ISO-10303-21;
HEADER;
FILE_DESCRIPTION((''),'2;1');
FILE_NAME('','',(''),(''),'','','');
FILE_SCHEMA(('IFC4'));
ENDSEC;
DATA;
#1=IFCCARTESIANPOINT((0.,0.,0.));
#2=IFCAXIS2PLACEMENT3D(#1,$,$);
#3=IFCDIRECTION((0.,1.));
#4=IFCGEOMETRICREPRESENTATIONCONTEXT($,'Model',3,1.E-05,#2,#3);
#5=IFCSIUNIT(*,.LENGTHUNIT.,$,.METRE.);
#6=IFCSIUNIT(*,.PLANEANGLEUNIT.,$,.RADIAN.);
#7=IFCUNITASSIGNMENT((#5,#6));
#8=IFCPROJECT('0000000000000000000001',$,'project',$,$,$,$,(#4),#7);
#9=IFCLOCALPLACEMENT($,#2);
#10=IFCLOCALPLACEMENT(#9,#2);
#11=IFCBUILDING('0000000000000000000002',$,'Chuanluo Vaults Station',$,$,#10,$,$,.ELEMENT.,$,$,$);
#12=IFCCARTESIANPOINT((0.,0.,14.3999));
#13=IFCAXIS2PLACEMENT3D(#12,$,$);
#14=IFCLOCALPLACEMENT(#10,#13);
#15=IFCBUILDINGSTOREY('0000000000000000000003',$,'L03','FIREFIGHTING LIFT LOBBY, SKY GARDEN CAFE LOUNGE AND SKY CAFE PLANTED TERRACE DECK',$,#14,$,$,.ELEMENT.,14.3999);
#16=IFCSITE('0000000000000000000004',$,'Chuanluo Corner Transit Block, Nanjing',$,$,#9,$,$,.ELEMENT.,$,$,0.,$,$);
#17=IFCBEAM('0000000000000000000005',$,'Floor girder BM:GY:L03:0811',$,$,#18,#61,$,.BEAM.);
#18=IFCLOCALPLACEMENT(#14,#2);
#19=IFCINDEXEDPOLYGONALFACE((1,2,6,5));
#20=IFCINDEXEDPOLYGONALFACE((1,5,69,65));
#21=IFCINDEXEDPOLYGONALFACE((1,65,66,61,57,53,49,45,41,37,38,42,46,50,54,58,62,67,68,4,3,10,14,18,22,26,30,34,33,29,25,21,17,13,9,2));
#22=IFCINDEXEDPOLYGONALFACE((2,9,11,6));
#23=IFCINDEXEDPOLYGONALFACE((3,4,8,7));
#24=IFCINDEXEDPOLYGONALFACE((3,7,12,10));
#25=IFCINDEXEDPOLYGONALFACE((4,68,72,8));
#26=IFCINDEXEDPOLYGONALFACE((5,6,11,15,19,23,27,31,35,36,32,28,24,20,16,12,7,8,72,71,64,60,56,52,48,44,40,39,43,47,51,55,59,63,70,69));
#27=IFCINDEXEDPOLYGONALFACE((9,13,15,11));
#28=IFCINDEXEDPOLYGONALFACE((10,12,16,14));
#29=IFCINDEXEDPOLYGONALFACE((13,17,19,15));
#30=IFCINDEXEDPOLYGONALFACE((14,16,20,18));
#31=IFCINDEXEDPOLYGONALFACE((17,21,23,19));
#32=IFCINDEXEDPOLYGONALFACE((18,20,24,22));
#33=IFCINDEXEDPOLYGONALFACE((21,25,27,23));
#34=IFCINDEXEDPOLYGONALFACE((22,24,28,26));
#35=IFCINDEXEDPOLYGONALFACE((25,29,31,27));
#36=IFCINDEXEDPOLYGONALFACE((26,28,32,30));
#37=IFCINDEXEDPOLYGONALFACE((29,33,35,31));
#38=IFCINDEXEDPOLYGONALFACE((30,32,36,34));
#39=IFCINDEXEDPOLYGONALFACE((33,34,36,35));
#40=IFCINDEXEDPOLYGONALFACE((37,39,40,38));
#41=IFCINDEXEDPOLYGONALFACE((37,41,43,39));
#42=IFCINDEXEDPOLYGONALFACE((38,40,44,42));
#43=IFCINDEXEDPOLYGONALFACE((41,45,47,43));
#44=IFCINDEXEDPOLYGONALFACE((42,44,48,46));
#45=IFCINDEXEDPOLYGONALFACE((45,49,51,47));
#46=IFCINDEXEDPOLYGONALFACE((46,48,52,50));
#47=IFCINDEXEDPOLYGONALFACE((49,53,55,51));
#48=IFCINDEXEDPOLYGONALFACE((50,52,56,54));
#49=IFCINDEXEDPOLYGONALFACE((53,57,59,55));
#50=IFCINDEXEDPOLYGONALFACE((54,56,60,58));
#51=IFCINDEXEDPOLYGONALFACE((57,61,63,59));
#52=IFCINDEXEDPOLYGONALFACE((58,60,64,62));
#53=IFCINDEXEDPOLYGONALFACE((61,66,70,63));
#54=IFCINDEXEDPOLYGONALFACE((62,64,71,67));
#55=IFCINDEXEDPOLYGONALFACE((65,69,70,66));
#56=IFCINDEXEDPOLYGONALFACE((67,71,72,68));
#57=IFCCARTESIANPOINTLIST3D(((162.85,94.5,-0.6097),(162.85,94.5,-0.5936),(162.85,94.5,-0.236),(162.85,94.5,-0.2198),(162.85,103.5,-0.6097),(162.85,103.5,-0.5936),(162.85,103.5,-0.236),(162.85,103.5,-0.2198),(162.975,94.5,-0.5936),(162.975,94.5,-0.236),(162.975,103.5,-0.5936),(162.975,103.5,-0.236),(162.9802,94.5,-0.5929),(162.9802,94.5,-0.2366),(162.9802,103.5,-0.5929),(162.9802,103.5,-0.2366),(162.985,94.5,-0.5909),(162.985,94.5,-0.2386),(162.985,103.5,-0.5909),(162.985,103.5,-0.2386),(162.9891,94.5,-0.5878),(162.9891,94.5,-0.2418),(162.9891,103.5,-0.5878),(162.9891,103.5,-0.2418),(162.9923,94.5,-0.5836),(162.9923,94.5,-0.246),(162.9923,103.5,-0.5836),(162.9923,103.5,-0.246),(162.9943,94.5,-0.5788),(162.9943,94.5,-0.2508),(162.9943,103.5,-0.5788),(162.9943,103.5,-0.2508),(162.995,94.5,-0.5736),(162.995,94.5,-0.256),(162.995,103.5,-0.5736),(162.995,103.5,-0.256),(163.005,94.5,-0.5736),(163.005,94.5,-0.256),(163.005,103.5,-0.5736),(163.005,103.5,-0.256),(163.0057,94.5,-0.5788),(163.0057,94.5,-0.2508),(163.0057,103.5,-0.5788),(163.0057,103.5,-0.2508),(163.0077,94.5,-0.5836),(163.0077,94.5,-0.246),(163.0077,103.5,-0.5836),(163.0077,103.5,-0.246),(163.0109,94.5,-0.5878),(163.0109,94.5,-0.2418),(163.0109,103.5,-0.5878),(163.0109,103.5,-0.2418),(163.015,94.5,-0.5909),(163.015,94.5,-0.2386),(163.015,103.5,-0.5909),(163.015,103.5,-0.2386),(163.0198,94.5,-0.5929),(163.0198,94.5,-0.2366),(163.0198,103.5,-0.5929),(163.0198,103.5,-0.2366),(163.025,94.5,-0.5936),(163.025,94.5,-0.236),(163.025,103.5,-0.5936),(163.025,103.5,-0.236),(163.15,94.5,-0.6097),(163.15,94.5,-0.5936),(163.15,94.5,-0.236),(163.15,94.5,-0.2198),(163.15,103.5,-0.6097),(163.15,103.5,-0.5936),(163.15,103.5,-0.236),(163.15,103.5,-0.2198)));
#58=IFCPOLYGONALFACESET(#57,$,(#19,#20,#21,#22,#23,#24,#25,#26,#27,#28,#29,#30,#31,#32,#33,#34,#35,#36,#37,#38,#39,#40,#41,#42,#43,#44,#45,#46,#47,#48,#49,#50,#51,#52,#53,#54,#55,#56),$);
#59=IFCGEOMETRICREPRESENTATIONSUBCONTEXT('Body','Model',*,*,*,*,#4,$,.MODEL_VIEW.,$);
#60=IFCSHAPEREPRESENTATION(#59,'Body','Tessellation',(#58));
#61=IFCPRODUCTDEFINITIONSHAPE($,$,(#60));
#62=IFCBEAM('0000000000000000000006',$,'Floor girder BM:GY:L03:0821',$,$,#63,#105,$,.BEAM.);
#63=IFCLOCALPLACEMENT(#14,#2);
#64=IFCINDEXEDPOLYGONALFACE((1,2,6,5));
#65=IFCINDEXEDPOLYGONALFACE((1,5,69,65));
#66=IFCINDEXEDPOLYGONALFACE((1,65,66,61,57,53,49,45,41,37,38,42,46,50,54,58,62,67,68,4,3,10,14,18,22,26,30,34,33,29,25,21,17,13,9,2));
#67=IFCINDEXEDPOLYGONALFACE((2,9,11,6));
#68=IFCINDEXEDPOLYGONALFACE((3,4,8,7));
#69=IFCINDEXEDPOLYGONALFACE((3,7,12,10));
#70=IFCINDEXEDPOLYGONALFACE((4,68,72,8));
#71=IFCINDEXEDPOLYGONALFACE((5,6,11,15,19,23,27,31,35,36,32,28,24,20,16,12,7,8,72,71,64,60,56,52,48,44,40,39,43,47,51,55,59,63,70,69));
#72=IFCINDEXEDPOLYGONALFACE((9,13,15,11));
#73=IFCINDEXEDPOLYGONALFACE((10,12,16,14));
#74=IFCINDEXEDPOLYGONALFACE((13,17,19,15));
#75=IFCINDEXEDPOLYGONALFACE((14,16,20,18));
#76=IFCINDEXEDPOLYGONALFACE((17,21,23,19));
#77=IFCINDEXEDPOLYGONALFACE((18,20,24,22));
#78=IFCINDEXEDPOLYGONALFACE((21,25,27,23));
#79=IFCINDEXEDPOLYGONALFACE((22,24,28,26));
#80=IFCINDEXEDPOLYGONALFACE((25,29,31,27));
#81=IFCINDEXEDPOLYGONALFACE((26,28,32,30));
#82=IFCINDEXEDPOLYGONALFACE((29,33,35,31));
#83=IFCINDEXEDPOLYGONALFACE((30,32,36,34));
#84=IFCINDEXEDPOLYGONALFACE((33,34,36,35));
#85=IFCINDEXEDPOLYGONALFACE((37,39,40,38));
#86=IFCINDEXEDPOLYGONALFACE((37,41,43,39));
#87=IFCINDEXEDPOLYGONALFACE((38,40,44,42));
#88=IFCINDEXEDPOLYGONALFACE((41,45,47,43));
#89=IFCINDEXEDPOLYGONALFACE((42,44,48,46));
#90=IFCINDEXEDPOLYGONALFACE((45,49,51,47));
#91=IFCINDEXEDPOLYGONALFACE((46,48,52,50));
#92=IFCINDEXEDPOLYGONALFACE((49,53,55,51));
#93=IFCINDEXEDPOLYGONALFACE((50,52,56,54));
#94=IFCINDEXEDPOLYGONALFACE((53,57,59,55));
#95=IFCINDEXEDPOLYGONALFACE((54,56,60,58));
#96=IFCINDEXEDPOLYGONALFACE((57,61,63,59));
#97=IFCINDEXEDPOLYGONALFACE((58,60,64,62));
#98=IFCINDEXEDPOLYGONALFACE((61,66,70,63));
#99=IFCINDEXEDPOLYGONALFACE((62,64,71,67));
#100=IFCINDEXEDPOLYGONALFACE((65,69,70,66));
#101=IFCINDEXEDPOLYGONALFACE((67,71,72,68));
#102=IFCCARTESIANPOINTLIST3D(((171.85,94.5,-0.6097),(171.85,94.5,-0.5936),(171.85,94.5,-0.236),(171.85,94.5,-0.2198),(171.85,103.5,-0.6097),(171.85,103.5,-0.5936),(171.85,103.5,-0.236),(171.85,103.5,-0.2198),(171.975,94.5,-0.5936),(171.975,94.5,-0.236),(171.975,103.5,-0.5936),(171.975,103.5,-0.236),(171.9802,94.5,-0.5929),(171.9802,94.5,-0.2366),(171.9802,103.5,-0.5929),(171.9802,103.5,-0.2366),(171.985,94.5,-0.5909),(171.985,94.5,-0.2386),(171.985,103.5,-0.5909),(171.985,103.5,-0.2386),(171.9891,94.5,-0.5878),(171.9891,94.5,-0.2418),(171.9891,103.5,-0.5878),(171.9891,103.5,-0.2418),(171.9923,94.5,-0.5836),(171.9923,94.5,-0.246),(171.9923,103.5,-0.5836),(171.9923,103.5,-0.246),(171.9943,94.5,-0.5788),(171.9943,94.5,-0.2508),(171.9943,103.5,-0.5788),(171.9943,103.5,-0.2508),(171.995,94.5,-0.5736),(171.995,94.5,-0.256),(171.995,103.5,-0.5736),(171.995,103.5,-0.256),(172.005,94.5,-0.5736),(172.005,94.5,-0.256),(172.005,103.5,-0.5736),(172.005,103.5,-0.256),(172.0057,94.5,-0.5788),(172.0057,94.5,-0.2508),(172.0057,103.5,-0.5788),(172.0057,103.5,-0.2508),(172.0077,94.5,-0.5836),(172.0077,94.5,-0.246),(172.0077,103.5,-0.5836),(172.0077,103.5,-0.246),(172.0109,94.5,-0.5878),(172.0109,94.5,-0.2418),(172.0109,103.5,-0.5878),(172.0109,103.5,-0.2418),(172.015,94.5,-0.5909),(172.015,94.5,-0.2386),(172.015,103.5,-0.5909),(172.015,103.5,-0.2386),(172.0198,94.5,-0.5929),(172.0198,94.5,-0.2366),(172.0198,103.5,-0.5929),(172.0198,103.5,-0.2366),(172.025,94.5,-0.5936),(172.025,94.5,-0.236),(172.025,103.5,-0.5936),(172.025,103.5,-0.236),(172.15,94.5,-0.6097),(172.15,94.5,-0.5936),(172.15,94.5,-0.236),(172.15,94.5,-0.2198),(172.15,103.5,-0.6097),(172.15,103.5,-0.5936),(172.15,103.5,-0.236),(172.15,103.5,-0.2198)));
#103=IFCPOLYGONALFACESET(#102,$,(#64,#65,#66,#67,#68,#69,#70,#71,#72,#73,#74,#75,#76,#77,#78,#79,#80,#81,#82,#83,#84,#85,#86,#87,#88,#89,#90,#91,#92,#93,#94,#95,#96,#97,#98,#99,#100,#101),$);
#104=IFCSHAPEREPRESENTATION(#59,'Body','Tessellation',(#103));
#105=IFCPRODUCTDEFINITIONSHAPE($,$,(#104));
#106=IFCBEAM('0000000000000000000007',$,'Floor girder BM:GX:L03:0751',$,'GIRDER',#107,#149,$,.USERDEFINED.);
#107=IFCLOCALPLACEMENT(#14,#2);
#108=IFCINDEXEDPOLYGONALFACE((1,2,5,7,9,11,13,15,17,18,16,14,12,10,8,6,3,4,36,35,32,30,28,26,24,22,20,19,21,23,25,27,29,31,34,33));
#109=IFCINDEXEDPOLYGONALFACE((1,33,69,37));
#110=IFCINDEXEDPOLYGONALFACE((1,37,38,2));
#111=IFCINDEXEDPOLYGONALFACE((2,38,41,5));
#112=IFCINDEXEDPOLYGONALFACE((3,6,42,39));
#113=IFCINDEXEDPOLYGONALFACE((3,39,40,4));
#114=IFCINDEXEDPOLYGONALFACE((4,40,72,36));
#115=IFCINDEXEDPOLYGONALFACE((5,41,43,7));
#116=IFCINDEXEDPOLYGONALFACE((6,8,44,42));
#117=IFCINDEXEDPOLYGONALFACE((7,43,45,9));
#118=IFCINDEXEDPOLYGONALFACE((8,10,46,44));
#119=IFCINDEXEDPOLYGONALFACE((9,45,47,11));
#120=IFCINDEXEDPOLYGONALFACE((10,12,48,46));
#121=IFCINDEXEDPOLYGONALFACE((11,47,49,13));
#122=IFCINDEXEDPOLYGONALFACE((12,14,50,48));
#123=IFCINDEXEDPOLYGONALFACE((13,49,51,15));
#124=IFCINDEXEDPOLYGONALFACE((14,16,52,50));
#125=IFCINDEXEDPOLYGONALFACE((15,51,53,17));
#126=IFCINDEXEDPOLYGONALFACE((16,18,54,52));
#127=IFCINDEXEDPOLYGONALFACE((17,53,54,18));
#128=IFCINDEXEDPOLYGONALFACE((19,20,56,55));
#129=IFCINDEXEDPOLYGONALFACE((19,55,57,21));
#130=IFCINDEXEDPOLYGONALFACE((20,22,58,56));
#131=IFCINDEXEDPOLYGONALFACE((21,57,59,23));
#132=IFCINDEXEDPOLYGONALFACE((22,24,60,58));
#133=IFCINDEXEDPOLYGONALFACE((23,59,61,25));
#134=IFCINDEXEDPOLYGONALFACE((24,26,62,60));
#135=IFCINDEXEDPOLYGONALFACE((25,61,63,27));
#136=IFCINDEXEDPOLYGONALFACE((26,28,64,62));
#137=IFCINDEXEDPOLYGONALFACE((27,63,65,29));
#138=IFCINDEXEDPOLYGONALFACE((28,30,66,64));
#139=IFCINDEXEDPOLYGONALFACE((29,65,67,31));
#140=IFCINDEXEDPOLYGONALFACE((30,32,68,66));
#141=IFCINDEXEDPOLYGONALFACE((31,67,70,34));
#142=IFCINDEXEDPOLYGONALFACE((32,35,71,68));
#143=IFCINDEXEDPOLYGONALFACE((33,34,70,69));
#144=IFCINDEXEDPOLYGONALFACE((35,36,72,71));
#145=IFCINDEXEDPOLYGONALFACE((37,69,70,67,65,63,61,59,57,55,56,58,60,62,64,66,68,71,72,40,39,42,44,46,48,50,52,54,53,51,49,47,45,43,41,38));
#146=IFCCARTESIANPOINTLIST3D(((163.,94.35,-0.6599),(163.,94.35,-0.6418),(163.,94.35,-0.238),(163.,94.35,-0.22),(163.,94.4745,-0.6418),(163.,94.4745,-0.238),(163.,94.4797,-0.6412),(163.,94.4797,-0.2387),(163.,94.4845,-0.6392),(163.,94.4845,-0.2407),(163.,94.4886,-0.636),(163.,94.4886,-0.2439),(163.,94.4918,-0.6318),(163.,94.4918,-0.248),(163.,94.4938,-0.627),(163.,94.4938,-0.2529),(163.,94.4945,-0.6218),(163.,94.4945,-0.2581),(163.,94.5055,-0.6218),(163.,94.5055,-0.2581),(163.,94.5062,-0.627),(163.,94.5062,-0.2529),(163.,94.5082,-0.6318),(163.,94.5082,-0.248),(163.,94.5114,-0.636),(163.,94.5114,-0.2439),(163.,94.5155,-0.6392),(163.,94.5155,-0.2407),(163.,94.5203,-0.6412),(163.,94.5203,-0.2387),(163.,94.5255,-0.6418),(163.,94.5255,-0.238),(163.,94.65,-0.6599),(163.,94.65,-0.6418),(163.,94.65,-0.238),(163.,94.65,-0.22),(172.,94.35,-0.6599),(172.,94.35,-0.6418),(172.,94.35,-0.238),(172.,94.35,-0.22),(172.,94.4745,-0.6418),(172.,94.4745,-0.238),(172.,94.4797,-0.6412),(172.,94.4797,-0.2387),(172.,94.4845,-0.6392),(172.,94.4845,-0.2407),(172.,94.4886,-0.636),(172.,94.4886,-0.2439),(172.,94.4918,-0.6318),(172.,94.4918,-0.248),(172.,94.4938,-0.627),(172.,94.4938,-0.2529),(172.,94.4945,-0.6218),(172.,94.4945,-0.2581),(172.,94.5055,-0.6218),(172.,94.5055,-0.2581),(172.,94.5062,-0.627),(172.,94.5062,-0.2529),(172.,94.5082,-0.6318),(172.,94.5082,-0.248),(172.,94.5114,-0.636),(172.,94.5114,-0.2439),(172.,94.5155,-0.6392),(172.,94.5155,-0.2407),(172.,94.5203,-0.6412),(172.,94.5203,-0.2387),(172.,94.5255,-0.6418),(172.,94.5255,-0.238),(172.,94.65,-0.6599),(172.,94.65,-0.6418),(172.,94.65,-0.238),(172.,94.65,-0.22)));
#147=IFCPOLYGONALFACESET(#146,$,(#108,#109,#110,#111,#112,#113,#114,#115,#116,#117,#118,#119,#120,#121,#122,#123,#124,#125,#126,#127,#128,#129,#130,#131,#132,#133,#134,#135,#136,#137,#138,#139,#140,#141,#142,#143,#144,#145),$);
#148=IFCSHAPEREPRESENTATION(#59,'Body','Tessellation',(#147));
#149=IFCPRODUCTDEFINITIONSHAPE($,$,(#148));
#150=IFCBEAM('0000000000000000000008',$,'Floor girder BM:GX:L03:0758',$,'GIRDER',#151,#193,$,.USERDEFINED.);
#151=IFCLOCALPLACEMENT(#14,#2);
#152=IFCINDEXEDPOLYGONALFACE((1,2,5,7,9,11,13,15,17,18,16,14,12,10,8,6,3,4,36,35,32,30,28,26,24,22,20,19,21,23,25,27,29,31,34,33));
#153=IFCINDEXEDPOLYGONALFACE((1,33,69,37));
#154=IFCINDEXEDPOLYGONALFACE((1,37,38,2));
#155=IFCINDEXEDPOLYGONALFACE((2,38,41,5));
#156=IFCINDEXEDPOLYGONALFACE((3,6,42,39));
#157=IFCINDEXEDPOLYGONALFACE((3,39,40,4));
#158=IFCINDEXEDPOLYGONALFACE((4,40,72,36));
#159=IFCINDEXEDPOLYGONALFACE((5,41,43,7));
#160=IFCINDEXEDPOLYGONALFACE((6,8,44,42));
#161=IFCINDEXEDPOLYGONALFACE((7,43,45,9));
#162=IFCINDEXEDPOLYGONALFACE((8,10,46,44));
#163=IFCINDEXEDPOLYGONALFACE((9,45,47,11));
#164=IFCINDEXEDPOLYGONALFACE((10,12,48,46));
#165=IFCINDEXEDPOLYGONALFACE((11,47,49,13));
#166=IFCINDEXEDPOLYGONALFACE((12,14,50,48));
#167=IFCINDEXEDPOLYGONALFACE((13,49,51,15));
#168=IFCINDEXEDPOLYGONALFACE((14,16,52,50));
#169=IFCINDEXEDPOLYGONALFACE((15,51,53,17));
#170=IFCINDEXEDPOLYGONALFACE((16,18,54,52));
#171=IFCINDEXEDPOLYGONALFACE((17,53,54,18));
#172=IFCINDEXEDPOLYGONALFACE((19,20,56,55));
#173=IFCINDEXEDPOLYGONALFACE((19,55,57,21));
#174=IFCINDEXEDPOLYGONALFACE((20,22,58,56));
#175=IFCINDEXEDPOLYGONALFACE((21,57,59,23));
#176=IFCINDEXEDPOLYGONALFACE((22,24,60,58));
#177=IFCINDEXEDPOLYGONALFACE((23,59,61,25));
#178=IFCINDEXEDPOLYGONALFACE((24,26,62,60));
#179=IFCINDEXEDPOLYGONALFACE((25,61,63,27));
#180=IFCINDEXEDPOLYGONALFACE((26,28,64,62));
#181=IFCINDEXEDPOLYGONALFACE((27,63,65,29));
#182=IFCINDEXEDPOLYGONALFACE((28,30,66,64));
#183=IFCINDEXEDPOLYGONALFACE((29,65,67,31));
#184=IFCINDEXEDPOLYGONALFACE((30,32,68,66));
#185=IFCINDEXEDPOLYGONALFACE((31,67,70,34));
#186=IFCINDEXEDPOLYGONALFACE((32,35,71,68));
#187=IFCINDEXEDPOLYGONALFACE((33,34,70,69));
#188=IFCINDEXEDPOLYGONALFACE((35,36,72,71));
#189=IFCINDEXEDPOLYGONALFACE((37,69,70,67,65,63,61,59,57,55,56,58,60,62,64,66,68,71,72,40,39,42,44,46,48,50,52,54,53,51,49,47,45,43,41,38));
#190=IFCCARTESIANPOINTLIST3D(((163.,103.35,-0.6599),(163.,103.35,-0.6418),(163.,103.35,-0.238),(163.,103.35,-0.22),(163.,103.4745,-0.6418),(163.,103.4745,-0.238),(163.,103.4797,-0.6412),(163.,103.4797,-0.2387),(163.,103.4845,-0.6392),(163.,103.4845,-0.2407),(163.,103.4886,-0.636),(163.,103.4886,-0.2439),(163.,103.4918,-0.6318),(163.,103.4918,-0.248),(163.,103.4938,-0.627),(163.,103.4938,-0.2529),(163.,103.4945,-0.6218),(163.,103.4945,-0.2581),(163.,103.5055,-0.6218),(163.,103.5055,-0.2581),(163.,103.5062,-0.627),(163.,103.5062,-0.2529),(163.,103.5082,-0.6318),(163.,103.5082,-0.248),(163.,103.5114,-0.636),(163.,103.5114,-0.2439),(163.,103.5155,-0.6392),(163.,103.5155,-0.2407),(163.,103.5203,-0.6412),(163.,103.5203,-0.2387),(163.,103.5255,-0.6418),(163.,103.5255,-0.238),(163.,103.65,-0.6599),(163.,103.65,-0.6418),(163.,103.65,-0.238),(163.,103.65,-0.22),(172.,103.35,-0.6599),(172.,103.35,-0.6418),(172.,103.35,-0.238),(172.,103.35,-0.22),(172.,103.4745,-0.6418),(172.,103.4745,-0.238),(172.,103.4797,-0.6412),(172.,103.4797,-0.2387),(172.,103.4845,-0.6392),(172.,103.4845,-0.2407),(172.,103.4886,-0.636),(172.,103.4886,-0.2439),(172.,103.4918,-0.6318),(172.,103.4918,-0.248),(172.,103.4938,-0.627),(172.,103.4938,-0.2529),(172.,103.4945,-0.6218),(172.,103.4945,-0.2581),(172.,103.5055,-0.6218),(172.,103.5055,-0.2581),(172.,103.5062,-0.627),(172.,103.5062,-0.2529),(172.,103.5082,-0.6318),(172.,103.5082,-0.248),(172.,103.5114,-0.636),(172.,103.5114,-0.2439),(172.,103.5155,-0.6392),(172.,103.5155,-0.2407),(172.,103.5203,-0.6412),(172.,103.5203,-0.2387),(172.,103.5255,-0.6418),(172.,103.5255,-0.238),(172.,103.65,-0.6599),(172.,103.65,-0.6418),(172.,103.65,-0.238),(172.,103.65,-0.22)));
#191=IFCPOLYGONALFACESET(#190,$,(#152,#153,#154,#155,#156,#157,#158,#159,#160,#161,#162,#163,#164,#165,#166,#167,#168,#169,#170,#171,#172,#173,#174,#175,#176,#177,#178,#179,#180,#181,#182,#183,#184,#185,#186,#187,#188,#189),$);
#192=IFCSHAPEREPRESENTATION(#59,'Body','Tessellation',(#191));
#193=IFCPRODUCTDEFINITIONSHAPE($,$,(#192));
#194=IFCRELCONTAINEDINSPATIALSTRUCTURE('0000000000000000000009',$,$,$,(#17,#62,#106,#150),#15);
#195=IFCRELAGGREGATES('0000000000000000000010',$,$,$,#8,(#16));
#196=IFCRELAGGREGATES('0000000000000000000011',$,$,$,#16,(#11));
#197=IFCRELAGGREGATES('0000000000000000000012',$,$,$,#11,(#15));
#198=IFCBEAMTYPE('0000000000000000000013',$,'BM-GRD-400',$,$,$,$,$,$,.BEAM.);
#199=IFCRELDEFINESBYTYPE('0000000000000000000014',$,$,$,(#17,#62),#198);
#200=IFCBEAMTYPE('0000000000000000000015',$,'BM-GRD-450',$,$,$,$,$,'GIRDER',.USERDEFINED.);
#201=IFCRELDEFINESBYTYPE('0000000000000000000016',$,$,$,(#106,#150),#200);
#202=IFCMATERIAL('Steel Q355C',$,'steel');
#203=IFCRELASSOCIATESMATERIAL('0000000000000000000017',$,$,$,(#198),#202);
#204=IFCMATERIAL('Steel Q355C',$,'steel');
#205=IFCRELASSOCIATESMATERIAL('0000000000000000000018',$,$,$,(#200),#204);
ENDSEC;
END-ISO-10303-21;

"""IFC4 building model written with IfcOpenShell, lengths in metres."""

from ifc_helpers import new_model, si_unit, direction, frame, origin, origin_2d, place, context, subcontext, project, spatial, i_section, extrude, material, material_profile, profile_set, type_object, element, save


model = new_model("IFC4")

# Units and contexts
model_context = context("Model", 3, precision=1e-05, world=origin(), true_north=direction((0.0, 1.0)))
body_context = subcontext(model_context, "Body", "Model", "MODEL_VIEW")
ifc_project = project(units=[si_unit("LENGTHUNIT", "METRE"), si_unit("PLANEANGLEUNIT", "RADIAN")], contexts=[model_context])

# Site, building, storey
site_placement = place(None, origin())
site = spatial("IfcSite", under=ifc_project, at=site_placement, Name="Chuanluo Corner Transit Block, Nanjing", CompositionType="ELEMENT", RefElevation=0.0)
building_placement = place(site_placement, origin())
building = spatial("IfcBuilding", under=site, at=building_placement, Name="Chuanluo Vaults Station", CompositionType="ELEMENT")
storey_placement = place(building_placement, frame((0.0, 0.0, 14.3999)))
storey = spatial("IfcBuildingStorey", under=building, at=storey_placement, Name="L03", Description="FIREFIGHTING LIFT LOBBY, SKY GARDEN CAFE LOUNGE AND SKY CAFE PLANTED TERRACE DECK", CompositionType="ELEMENT", Elevation=14.3999)

# Beams
ifc_material_1 = material(Name="Steel Q355C", Category="steel")
ifc_material_profile_1 = material_profile(ifc_material_1, i_section(OverallWidth=0.3, OverallDepth=0.3899, WebThickness=0.01, FlangeThickness=0.0161, FilletRadius=0.02, at=origin_2d()))
ifc_profile_set_1 = profile_set([ifc_material_profile_1], Name="Steel Q355C")
beam_type_1 = type_object("IfcBeamType", Name="BM-GRD-400", PredefinedType="BEAM", material=ifc_profile_set_1)
for number, where, z_axis, x_axis, name in (
    (1, (163.0, 94.5, -0.4148), (0.0, 1.0, 0.0), (-1.0, 0.0, 0.0), "Floor girder BM:GY:L03:0811"),
    (2, (172.0, 94.5, -0.4148), (0.0, 1.0, 0.0), (-1.0, 0.0, 0.0), "Floor girder BM:GY:L03:0821"),
):
    element("IfcBeam", number, at=place(storey_placement, frame(where, z_axis=z_axis, x_axis=x_axis)), inside=storey, type_object=beam_type_1, Name=name, PredefinedType="BEAM", context=body_context, shape_type="SweptSolid", body=[
        extrude(i_section(OverallWidth=0.3, OverallDepth=0.3899, WebThickness=0.01, FlangeThickness=0.0161, FilletRadius=0.02, at=origin_2d()), origin(), (0.0, 0.0, 1.0), 9.0),
    ])
ifc_material_2 = material(Name="Steel Q355C", Category="steel")
ifc_material_profile_2 = material_profile(ifc_material_2, i_section(OverallWidth=0.3, OverallDepth=0.4399, WebThickness=0.011, FlangeThickness=0.0181, FilletRadius=0.02, at=origin_2d()))
ifc_profile_set_2 = profile_set([ifc_material_profile_2], Name="Steel Q355C")
beam_type_2 = type_object("IfcBeamType", Name="BM-GRD-450", ElementType="GIRDER", PredefinedType="USERDEFINED", material=ifc_profile_set_2)
for number, where, z_axis, x_axis, name in (
    (3, (163.0, 94.5, -0.4399), (1.0, 0.0, 0.0), (0.0, 1.0, 0.0), "Floor girder BM:GX:L03:0751"),
    (4, (163.0, 103.5, -0.4399), (1.0, 0.0, 0.0), (0.0, 1.0, 0.0), "Floor girder BM:GX:L03:0758"),
):
    element("IfcBeam", number, at=place(storey_placement, frame(where, z_axis=z_axis, x_axis=x_axis)), inside=storey, type_object=beam_type_2, Name=name, ObjectType="GIRDER", PredefinedType="USERDEFINED", context=body_context, shape_type="SweptSolid", body=[
        extrude(i_section(OverallWidth=0.3, OverallDepth=0.4399, WebThickness=0.011, FlangeThickness=0.0181, FilletRadius=0.02, at=origin_2d()), origin(), (0.0, 0.0, 1.0), 9.0),
    ])

save(model, "model.ifc")
